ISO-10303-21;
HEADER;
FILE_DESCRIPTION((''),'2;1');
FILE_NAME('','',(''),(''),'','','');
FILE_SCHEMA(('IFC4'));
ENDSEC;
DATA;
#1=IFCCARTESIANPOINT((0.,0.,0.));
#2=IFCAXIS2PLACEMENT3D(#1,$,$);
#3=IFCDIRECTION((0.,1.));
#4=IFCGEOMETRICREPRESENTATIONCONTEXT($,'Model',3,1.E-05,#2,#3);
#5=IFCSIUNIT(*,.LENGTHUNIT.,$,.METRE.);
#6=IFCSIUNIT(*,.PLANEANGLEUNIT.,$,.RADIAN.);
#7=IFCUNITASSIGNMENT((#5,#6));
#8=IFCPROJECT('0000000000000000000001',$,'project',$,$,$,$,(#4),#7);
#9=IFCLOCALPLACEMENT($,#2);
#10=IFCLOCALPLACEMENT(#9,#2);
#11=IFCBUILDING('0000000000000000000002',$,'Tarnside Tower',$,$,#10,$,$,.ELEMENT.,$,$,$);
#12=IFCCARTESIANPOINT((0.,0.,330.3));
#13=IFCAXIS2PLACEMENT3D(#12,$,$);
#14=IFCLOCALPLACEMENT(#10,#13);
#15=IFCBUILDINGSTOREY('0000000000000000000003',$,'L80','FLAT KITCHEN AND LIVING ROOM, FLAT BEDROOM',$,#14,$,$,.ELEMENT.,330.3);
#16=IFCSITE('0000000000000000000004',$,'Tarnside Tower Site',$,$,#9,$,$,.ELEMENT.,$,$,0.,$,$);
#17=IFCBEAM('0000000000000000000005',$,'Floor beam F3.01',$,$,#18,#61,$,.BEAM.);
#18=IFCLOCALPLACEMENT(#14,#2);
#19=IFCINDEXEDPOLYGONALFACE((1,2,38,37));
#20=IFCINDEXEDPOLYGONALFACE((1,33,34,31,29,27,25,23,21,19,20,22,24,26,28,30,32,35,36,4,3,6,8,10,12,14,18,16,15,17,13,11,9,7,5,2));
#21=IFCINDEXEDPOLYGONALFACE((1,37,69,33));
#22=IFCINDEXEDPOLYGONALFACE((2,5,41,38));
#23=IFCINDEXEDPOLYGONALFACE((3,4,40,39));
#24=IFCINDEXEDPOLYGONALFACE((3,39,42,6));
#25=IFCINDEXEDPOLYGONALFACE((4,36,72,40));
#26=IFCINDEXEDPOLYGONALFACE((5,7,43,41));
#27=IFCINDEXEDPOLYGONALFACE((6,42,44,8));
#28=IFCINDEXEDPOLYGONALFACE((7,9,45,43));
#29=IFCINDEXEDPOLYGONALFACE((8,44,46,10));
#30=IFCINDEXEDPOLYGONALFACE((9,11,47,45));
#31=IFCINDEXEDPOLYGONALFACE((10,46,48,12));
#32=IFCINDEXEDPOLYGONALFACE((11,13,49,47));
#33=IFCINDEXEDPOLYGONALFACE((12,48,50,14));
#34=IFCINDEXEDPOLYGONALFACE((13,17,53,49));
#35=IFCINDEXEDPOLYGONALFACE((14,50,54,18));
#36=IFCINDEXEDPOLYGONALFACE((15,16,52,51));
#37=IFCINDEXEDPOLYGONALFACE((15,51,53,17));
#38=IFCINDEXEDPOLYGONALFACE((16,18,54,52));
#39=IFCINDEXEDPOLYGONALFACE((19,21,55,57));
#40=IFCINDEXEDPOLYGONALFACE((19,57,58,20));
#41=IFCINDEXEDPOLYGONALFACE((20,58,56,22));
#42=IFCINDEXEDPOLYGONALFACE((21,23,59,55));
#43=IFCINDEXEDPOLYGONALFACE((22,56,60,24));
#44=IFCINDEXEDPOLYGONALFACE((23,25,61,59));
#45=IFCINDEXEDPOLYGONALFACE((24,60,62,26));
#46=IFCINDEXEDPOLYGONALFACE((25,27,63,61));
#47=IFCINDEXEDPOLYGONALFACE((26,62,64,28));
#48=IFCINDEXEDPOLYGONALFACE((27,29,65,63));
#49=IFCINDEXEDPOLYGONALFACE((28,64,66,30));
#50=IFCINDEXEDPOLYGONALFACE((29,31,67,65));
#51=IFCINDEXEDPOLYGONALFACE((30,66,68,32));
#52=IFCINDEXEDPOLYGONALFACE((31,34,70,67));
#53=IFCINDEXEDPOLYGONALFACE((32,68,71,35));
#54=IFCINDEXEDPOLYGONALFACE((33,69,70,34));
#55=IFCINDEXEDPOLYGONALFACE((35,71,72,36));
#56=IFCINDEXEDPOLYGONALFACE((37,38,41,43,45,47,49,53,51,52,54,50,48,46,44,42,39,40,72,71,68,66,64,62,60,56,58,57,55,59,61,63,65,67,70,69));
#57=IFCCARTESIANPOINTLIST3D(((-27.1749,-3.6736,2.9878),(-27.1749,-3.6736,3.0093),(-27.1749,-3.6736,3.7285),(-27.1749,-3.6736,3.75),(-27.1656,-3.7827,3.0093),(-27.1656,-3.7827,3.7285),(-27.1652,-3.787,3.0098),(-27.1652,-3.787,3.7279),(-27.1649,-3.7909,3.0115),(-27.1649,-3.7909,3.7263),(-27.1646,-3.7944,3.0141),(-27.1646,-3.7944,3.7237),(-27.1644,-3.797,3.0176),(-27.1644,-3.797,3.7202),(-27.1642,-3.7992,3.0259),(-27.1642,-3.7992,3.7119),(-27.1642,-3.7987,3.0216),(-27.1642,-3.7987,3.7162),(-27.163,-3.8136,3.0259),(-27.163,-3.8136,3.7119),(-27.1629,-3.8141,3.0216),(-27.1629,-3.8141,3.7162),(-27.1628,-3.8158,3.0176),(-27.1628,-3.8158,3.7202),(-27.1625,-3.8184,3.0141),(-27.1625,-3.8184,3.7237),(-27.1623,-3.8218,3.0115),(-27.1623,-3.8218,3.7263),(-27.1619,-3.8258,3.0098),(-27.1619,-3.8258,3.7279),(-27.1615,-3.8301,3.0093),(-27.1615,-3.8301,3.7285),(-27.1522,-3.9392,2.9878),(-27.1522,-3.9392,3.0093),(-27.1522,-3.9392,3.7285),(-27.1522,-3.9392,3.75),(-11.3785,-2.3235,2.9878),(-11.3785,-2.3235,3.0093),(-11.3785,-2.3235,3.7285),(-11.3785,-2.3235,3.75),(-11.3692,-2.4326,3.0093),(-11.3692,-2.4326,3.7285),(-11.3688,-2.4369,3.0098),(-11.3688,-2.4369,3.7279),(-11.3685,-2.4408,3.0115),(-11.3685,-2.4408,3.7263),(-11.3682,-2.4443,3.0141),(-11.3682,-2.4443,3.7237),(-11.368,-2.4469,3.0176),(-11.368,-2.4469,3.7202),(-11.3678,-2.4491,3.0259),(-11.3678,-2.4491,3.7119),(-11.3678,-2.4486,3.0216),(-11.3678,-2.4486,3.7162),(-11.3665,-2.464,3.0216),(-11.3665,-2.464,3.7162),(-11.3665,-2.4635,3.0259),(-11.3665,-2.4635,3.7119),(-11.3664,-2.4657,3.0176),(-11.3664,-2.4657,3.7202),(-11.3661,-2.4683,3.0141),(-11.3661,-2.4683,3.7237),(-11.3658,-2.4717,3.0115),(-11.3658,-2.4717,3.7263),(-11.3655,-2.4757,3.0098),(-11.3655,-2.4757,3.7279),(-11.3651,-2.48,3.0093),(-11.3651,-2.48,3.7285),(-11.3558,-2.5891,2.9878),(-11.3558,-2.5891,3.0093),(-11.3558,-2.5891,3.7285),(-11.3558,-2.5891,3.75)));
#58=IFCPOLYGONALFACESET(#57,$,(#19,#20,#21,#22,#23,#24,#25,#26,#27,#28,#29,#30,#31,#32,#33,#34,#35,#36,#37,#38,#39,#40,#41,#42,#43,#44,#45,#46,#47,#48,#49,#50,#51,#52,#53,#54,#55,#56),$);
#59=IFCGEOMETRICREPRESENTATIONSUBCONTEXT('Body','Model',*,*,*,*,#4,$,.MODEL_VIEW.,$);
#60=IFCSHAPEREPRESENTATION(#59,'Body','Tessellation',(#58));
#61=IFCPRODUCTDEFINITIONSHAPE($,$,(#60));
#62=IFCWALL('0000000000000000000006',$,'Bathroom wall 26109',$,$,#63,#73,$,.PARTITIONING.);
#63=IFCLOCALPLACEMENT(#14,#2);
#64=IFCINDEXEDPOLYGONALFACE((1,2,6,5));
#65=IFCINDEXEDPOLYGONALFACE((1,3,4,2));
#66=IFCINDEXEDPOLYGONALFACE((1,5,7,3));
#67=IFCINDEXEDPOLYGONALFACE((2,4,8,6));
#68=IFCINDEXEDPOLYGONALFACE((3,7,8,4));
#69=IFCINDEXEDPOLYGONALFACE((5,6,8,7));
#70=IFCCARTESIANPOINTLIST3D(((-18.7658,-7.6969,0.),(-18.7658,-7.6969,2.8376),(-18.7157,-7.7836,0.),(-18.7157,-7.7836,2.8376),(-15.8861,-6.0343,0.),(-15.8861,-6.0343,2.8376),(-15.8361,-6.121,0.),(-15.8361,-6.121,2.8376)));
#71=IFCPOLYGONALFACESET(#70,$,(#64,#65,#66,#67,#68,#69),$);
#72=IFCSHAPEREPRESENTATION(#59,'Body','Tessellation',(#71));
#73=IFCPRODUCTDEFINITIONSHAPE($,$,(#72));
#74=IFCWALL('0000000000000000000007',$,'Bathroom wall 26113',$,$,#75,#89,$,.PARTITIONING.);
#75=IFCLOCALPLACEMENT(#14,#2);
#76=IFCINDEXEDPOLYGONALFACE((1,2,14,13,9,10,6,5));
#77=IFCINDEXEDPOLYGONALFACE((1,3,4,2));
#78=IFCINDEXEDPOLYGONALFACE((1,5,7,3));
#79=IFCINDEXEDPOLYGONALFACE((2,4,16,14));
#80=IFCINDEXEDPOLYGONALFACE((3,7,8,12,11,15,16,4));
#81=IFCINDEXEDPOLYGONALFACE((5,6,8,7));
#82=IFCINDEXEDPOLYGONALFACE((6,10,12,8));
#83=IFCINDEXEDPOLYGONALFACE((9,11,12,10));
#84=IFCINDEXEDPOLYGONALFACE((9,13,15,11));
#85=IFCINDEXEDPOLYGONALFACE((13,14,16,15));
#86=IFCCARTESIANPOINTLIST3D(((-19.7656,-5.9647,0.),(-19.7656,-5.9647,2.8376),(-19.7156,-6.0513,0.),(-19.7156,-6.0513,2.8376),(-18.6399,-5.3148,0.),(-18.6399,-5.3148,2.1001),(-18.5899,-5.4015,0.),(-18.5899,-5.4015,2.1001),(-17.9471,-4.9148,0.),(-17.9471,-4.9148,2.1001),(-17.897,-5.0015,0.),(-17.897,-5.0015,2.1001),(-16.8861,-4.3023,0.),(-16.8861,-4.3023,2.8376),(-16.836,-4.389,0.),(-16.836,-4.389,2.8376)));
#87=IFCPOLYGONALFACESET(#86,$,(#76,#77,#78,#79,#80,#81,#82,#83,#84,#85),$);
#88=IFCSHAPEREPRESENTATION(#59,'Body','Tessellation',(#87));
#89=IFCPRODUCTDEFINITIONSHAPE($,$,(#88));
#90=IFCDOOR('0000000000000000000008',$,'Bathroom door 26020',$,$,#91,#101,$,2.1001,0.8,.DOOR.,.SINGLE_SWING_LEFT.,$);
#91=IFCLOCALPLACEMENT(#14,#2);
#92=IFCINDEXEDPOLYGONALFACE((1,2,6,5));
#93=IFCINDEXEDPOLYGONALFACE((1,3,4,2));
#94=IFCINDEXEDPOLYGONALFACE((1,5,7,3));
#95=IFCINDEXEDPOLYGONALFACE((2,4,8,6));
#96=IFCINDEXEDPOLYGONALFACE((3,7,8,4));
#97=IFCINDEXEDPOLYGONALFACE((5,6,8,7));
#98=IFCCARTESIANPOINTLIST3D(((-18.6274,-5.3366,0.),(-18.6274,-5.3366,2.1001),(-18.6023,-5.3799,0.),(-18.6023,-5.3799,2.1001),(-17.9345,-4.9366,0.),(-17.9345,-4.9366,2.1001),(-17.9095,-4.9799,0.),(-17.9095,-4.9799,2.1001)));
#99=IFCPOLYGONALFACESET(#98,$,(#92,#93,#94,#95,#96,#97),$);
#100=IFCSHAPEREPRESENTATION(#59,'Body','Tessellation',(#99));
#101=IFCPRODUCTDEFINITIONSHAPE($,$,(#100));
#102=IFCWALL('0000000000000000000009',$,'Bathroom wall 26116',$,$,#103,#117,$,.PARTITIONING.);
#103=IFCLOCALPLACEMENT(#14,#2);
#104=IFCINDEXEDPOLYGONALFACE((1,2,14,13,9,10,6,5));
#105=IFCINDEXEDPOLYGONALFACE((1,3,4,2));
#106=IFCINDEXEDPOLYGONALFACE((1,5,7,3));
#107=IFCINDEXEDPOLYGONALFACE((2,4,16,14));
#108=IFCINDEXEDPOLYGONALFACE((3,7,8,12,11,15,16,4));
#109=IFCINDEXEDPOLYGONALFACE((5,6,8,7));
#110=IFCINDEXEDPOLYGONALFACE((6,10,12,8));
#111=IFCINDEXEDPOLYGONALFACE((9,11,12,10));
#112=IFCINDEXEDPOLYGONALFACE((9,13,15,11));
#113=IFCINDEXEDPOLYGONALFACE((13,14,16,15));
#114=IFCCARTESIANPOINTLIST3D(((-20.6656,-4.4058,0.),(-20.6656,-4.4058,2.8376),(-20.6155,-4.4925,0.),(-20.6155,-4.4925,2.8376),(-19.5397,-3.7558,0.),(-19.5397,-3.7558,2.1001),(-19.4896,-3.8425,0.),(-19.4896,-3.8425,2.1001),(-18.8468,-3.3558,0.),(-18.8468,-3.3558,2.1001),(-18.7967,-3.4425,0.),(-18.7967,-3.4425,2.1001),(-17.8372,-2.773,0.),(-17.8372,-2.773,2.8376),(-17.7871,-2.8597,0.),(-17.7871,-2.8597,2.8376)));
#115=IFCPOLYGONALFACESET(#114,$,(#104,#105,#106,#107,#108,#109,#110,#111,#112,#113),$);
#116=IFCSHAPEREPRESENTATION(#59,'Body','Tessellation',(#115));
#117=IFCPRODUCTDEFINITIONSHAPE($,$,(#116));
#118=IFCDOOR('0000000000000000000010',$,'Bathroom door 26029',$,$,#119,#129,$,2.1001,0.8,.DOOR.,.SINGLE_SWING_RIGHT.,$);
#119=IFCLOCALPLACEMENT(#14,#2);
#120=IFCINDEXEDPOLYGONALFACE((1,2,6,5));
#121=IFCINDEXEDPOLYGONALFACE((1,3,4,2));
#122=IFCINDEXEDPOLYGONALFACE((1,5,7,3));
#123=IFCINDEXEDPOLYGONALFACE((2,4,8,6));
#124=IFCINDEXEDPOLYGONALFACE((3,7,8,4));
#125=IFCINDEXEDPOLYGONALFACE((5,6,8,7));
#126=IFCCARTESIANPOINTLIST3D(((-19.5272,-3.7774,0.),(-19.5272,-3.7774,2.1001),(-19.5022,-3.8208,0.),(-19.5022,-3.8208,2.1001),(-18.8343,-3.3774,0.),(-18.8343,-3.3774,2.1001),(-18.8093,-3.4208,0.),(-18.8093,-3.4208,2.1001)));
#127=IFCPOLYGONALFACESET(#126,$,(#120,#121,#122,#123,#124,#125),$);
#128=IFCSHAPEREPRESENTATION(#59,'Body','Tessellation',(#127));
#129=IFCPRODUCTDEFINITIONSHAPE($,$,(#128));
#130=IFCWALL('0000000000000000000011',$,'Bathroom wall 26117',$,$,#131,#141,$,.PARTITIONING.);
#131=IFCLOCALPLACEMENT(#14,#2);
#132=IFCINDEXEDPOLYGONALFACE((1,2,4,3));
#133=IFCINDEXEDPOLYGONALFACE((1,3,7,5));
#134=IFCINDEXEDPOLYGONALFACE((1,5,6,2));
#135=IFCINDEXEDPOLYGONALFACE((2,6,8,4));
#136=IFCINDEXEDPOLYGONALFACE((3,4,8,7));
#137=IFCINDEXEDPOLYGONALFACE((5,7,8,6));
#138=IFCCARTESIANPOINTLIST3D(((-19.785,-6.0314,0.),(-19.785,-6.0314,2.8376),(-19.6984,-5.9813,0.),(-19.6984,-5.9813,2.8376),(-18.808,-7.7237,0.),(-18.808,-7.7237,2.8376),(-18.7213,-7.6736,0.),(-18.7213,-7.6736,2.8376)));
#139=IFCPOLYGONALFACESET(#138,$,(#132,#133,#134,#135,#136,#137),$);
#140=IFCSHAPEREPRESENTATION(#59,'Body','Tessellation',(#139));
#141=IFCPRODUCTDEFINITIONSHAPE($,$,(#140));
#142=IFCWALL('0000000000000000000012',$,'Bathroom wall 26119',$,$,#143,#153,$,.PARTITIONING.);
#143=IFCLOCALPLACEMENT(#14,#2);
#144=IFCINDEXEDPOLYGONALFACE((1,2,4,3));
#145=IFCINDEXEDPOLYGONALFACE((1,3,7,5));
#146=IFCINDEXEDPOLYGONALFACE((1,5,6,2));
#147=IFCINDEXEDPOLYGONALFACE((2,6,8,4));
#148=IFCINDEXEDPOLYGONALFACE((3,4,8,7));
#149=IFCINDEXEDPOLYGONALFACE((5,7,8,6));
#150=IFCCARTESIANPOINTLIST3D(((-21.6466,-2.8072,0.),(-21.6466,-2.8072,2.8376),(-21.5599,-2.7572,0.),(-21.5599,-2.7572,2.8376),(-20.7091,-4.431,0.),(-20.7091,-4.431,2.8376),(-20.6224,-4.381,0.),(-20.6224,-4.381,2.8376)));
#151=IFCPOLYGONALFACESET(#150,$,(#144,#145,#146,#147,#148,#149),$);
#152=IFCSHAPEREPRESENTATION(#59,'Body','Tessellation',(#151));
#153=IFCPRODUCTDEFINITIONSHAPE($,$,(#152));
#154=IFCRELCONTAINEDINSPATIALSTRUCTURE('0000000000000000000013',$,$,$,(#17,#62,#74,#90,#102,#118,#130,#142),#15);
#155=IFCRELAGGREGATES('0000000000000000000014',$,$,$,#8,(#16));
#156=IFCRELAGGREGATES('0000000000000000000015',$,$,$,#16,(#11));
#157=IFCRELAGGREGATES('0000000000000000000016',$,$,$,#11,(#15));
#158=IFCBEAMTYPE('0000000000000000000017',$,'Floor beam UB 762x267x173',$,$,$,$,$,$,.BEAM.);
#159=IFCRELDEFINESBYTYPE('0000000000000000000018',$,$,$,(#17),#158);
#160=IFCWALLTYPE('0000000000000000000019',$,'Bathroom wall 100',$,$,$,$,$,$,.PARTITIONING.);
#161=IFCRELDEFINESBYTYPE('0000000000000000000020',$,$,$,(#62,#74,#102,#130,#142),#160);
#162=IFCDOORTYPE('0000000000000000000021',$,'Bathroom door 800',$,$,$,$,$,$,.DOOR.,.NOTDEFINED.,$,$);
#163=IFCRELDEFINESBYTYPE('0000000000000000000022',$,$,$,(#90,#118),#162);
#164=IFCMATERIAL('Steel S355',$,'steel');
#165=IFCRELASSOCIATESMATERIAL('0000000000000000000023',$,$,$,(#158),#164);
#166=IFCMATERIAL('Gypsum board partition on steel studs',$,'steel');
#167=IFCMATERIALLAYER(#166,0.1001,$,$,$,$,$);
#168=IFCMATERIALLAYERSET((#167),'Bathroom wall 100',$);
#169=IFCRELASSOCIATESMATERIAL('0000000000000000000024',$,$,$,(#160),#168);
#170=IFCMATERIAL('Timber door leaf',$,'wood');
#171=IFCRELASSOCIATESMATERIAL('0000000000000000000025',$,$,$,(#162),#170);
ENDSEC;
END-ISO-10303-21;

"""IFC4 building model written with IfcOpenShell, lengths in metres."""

from ifc_helpers import new_model, si_unit, direction, frame, frame_2d, origin, origin_2d, place, context, subcontext, project, spatial, rectangle, i_section, extrude, material, layer, layer_set, material_profile, profile_set, type_object, element, fill, save


model = new_model("IFC4")

# Units and contexts
model_context = context("Model", 3, precision=1e-05, world=origin(), true_north=direction((0.0, 1.0)))
body_context = subcontext(model_context, "Body", "Model", "MODEL_VIEW")
ifc_project = project(units=[si_unit("LENGTHUNIT", "METRE"), si_unit("PLANEANGLEUNIT", "RADIAN")], contexts=[model_context])

# Site, building, storey
site_placement = place(None, origin())
site = spatial("IfcSite", under=ifc_project, at=site_placement, Name="Tarnside Tower Site", CompositionType="ELEMENT", RefElevation=0.0)
building_placement = place(site_placement, origin())
building = spatial("IfcBuilding", under=site, at=building_placement, Name="Tarnside Tower", CompositionType="ELEMENT")
storey_placement = place(building_placement, frame((0.0, 0.0, 330.3)))
storey = spatial("IfcBuildingStorey", under=building, at=storey_placement, Name="L80", Description="FLAT KITCHEN AND LIVING ROOM, FLAT BEDROOM", CompositionType="ELEMENT", Elevation=330.3)

# Beam
ifc_material_1 = material(Name="Steel S355", Category="steel")
ifc_material_profile = material_profile(ifc_material_1, i_section(OverallWidth=0.2666, OverallDepth=0.7622, WebThickness=0.0144, FlangeThickness=0.0215, FilletRadius=0.0166, at=origin_2d()), Name="UB 762x267x173")
ifc_profile_set = profile_set([ifc_material_profile], Name="Steel S355")
beam_type = type_object("IfcBeamType", Name="Floor beam UB 762x267x173", PredefinedType="BEAM", material=ifc_profile_set)
beam_placement = place(storey_placement, frame((-27.1636, -3.8064, 3.3689), z_axis=(0.996367, 0.085158, 0.0), x_axis=(-0.085158, 0.996367, 0.0)))
element("IfcBeam", 1, at=beam_placement, inside=storey, type_object=beam_type, Name="Floor beam F3.01", PredefinedType="BEAM", context=body_context, shape_type="SweptSolid", body=[
    extrude(i_section(OverallWidth=0.2666, OverallDepth=0.7622, WebThickness=0.0144, FlangeThickness=0.0215, FilletRadius=0.0166, at=origin_2d()), origin(), (0.0, 0.0, 1.0), 15.854),
])

# Wall
ifc_material_2 = material(Name="Gypsum board partition on steel studs", Category="steel")
ifc_layer_1 = layer(ifc_material_2, 0.1001)
ifc_layer_set_1 = layer_set([ifc_layer_1], Name="Bathroom wall 100")
wall_type_1 = type_object("IfcWallType", Name="Bathroom wall 100", PredefinedType="PARTITIONING", material=ifc_layer_set_1)
wall_1_placement = place(storey_placement, frame((-15.8611, -6.0776, 0.0), z_axis=(0.0, 0.0, 1.0), x_axis=(-0.866021, -0.500008, 0.0)))
element("IfcWall", 2, at=wall_1_placement, inside=storey, type_object=wall_type_1, Name="Bathroom wall 26109", PredefinedType="PARTITIONING", context=body_context, shape_type="SweptSolid", body=[
    extrude(rectangle(XDim=3.3252, YDim=0.1001, at=frame_2d((1.6626, 0.0))), origin(), (0.0, 0.0, 1.0), 2.8376),
])

# Walls, openings, doors
wall_2_placement = place(storey_placement, frame((-19.7407, -6.0081, 0.0), z_axis=(0.0, 0.0, 1.0), x_axis=(0.866052, 0.499953, 0.0)))
wall_2 = element("IfcWall", 3, at=wall_2_placement, inside=storey, type_object=wall_type_1, Name="Bathroom wall 26113", PredefinedType="PARTITIONING", context=body_context, shape_type="SweptSolid", body=[
    extrude(rectangle(XDim=3.325, YDim=0.1001, at=frame_2d((1.6626, 0.0))), origin(), (0.0, 0.0, 1.0), 2.8376),
])
opening_1_placement = place(wall_2_placement, frame((1.3, 0.0, 0.0)))
opening_1 = element("IfcOpeningElement", 4, at=opening_1_placement, cuts=wall_2, PredefinedType="OPENING", context=body_context, shape_type="SweptSolid", body=[
    extrude(rectangle(XDim=0.8, YDim=2.1001, at=frame_2d((0.3999, 1.05))), frame((0.0, 0.0601, 0.0), z_axis=(0.0, -1.0, 0.0), x_axis=(1.0, 0.0, 0.0)), (0.0, 0.0, 1.0), 0.1201),
])
ifc_material_3 = material(Name="Timber door leaf", Category="wood")
door_type_1 = type_object("IfcDoorType", Name="Bathroom door 800", OperationType="NOTDEFINED", PredefinedType="DOOR", material=ifc_material_3)
door_1_placement = place(opening_1_placement, origin())
door_1 = element("IfcDoor", 5, at=door_1_placement, inside=storey, type_object=door_type_1, Name="Bathroom door 26020", OperationType="SINGLE_SWING_LEFT", OverallHeight=2.1001, OverallWidth=0.8, PredefinedType="DOOR", context=body_context, shape_type="SweptSolid", body=[
    extrude(rectangle(XDim=0.8, YDim=2.1001, at=frame_2d((0.3999, 1.05))), frame((0.0, 0.0249, 0.0), z_axis=(0.0, -1.0, 0.0), x_axis=(1.0, 0.0, 0.0)), (0.0, 0.0, 1.0), 0.05),
])
fill(opening_1, door_1)
wall_3_placement = place(storey_placement, frame((-17.8123, -2.8164, 0.0), z_axis=(0.0, 0.0, 1.0), x_axis=(-0.866045, -0.499966, 0.0)))
wall_3 = element("IfcWall", 6, at=wall_3_placement, inside=storey, type_object=wall_type_1, Name="Bathroom wall 26116", PredefinedType="PARTITIONING", context=body_context, shape_type="SweptSolid", body=[
    extrude(rectangle(XDim=3.2659, YDim=0.1001, at=frame_2d((1.6328, 0.0))), origin(), (0.0, 0.0, 1.0), 2.8376),
])
opening_2_placement = place(wall_3_placement, frame((1.1658, 0.0, 0.0)))
opening_2 = element("IfcOpeningElement", 7, at=opening_2_placement, cuts=wall_3, PredefinedType="OPENING", context=body_context, shape_type="SweptSolid", body=[
    extrude(rectangle(XDim=0.8, YDim=2.1001, at=frame_2d((0.3999, 1.05))), frame((0.0, 0.0601, 0.0), z_axis=(0.0, -1.0, 0.0), x_axis=(1.0, 0.0, 0.0)), (0.0, 0.0, 1.0), 0.1201),
])
door_2_placement = place(opening_2_placement, origin())
door_2 = element("IfcDoor", 8, at=door_2_placement, inside=storey, type_object=door_type_1, Name="Bathroom door 26029", OperationType="SINGLE_SWING_RIGHT", OverallHeight=2.1001, OverallWidth=0.8, PredefinedType="DOOR", context=body_context, shape_type="SweptSolid", body=[
    extrude(rectangle(XDim=0.8, YDim=2.1001, at=frame_2d((0.3999, 1.05))), frame((0.0, 0.0249, 0.0), z_axis=(0.0, -1.0, 0.0), x_axis=(1.0, 0.0, 0.0)), (0.0, 0.0, 1.0), 0.05),
])
fill(opening_2, door_2)

# Walls
wall_4_placement = place(storey_placement, frame((-19.7417, -6.0063, 0.0), z_axis=(0.0, 0.0, 1.0), x_axis=(0.499982, -0.866036, 0.0)))
element("IfcWall", 9, at=wall_4_placement, inside=storey, type_object=wall_type_1, Name="Bathroom wall 26117", PredefinedType="PARTITIONING", context=body_context, shape_type="SweptSolid", body=[
    extrude(rectangle(XDim=1.9541, YDim=0.1001, at=frame_2d((0.9771, 0.0))), origin(), (0.0, 0.0, 1.0), 2.8376),
])
wall_5_placement = place(storey_placement, frame((-20.6658, -4.406, 0.0), z_axis=(0.0, 0.0, 1.0), x_axis=(-0.500004, 0.866023, 0.0)))
element("IfcWall", 10, at=wall_5_placement, inside=storey, type_object=wall_type_1, Name="Bathroom wall 26119", PredefinedType="PARTITIONING", context=body_context, shape_type="SweptSolid", body=[
    extrude(rectangle(XDim=1.875, YDim=0.1001, at=frame_2d((0.9375, 0.0))), origin(), (0.0, 0.0, 1.0), 2.8376),
])

save(model, "model.ifc")
